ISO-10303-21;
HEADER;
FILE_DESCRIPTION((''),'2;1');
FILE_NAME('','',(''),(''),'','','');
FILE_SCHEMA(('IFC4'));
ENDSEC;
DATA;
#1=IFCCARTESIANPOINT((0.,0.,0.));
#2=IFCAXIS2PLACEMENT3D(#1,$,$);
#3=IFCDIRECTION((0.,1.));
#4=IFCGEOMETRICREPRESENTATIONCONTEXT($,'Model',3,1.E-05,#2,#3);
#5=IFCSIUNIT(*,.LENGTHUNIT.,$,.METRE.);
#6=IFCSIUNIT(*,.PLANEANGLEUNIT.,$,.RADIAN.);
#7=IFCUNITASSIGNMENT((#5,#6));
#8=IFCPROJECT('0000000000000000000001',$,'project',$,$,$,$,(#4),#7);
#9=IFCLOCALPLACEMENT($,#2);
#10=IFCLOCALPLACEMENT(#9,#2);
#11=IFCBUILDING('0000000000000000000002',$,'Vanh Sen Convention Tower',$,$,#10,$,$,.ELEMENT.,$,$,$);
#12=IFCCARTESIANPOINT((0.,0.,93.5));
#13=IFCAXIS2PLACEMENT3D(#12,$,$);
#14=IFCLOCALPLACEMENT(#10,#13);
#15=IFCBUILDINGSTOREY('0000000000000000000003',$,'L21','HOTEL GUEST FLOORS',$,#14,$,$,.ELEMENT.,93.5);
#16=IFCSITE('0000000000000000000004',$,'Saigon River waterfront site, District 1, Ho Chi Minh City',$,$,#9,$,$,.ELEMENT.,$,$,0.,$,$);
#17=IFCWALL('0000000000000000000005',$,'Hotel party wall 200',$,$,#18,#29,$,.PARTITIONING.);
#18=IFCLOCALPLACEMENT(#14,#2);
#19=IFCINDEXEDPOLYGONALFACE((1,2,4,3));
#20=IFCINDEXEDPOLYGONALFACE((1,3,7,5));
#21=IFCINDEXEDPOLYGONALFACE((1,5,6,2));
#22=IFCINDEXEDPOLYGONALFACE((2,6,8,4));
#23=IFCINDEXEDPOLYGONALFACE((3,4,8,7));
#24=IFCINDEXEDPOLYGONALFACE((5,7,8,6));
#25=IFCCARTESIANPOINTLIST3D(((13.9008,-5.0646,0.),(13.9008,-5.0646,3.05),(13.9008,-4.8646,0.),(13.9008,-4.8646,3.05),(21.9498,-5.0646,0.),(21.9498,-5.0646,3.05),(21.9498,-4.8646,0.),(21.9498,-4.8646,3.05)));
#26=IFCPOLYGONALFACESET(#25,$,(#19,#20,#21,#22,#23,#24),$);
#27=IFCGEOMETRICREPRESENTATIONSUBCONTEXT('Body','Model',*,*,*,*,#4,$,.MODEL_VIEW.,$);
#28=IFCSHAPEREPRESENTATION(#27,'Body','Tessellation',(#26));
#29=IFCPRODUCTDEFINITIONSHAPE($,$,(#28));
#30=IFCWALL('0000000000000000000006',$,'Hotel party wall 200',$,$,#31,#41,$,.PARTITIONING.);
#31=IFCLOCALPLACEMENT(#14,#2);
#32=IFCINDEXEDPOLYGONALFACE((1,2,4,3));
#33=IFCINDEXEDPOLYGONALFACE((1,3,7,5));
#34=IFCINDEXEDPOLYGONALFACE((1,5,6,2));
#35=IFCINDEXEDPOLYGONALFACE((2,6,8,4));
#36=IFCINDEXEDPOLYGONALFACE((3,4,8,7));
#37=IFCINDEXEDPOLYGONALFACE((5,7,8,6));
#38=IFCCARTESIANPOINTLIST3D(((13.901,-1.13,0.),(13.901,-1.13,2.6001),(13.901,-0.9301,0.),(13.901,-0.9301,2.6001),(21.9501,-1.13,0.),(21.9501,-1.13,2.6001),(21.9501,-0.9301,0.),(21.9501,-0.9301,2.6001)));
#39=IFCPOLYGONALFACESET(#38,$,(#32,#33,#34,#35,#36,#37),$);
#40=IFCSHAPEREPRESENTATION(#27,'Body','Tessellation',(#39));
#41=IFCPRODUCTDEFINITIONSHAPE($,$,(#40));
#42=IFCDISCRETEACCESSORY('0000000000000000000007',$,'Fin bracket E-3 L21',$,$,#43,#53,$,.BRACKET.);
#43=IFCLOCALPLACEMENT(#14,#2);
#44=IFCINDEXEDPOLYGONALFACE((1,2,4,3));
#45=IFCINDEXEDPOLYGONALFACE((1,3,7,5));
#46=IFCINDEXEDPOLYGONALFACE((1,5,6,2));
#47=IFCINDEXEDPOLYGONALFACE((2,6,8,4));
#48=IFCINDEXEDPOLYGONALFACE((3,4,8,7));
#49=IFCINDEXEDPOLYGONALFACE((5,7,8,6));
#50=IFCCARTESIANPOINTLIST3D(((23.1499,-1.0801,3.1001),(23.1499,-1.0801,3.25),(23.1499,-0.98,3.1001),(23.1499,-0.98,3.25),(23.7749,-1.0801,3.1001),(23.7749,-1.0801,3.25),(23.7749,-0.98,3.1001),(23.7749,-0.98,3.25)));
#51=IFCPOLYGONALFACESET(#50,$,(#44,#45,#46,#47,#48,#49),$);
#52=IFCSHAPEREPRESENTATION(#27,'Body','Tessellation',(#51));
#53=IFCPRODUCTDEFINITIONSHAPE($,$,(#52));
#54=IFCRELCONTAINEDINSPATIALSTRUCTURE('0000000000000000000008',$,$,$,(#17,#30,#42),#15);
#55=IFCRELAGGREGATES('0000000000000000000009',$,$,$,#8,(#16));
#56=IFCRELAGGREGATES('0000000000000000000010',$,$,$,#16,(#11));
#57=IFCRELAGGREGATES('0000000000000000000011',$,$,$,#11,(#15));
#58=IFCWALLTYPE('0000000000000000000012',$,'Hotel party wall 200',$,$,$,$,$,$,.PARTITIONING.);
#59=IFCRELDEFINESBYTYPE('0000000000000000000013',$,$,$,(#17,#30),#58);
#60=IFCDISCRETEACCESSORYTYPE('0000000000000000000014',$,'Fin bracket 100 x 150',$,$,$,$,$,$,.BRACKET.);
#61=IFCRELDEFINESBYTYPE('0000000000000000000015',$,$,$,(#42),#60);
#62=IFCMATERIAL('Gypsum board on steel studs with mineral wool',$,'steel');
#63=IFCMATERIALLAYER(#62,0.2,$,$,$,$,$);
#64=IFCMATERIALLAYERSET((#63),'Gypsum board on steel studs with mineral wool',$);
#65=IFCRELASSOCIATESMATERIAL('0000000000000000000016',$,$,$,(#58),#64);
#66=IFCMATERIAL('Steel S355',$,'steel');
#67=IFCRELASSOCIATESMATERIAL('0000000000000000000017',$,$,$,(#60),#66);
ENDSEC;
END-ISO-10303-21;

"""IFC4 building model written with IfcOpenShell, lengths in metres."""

from ifc_helpers import new_model, si_unit, direction, frame, frame_2d, origin, origin_2d, place, context, subcontext, project, spatial, rectangle, extrude, material, layer, layer_set, type_object, element, save


model = new_model("IFC4")

# Units and contexts
model_context = context("Model", 3, precision=1e-05, world=origin(), true_north=direction((0.0, 1.0)))
body_context = subcontext(model_context, "Body", "Model", "MODEL_VIEW")
ifc_project = project(units=[si_unit("LENGTHUNIT", "METRE"), si_unit("PLANEANGLEUNIT", "RADIAN")], contexts=[model_context])

# Site, building, storey
site_placement = place(None, origin())
site = spatial("IfcSite", under=ifc_project, at=site_placement, Name="Saigon River waterfront site, District 1, Ho Chi Minh City", CompositionType="ELEMENT", RefElevation=0.0)
building_placement = place(site_placement, origin())
building = spatial("IfcBuilding", under=site, at=building_placement, Name="Vanh Sen Convention Tower", CompositionType="ELEMENT")
storey_placement = place(building_placement, frame((0.0, 0.0, 93.5)))
storey = spatial("IfcBuildingStorey", under=building, at=storey_placement, Name="L21", Description="HOTEL GUEST FLOORS", CompositionType="ELEMENT", Elevation=93.5)

# Shared definitions
ifc_material_1 = material(Name="Gypsum board on steel studs with mineral wool", Category="steel")

# Walls
ifc_layer_1 = layer(ifc_material_1, 0.2)
ifc_layer_set_1 = layer_set([ifc_layer_1], Name="Gypsum board on steel studs with mineral wool")
wall_type_1 = type_object("IfcWallType", Name="Hotel party wall 200", PredefinedType="PARTITIONING", material=ifc_layer_set_1)
wall_1_placement = place(storey_placement, frame((13.9009, -4.9646, 0.0), z_axis=(0.0, 0.0, 1.0), x_axis=(1.0, 0.0, 0.0)))
element("IfcWall", 1, at=wall_1_placement, inside=storey, type_object=wall_type_1, Name="Hotel party wall 200", PredefinedType="PARTITIONING", context=body_context, shape_type="SweptSolid", body=[
    extrude(rectangle(XDim=8.0491, YDim=0.2, at=frame_2d((4.0244, 0.0))), origin(), (0.0, 0.0, 1.0), 3.05),
])
wall_2_placement = place(storey_placement, frame((21.95, -1.03, 0.0), z_axis=(0.0, 0.0, 1.0), x_axis=(-1.0, 0.0, 0.0)))
element("IfcWall", 2, at=wall_2_placement, inside=storey, type_object=wall_type_1, Name="Hotel party wall 200", PredefinedType="PARTITIONING", context=body_context, shape_type="SweptSolid", body=[
    extrude(rectangle(XDim=8.0491, YDim=0.2, at=frame_2d((4.0244, 0.0))), origin(), (0.0, 0.0, 1.0), 2.6001),
])

# Discrete accessory
ifc_material_2 = material(Name="Steel S355", Category="steel")
discrete_accessory_type = type_object("IfcDiscreteAccessoryType", Name="Fin bracket 100 x 150", PredefinedType="BRACKET", material=ifc_material_2)
discrete_accessory_placement = place(storey_placement, frame((23.4624, -1.03, 3.1001), z_axis=(0.0, 0.0, 1.0), x_axis=(1.0, 0.0, 0.0)))
element("IfcDiscreteAccessory", 3, at=discrete_accessory_placement, inside=storey, type_object=discrete_accessory_type, Name="Fin bracket E-3 L21", PredefinedType="BRACKET", context=body_context, shape_type="SweptSolid", body=[
    extrude(rectangle(XDim=0.625, YDim=0.1001, at=origin_2d()), origin(), (0.0, 0.0, 1.0), 0.1499),
])

save(model, "model.ifc")
